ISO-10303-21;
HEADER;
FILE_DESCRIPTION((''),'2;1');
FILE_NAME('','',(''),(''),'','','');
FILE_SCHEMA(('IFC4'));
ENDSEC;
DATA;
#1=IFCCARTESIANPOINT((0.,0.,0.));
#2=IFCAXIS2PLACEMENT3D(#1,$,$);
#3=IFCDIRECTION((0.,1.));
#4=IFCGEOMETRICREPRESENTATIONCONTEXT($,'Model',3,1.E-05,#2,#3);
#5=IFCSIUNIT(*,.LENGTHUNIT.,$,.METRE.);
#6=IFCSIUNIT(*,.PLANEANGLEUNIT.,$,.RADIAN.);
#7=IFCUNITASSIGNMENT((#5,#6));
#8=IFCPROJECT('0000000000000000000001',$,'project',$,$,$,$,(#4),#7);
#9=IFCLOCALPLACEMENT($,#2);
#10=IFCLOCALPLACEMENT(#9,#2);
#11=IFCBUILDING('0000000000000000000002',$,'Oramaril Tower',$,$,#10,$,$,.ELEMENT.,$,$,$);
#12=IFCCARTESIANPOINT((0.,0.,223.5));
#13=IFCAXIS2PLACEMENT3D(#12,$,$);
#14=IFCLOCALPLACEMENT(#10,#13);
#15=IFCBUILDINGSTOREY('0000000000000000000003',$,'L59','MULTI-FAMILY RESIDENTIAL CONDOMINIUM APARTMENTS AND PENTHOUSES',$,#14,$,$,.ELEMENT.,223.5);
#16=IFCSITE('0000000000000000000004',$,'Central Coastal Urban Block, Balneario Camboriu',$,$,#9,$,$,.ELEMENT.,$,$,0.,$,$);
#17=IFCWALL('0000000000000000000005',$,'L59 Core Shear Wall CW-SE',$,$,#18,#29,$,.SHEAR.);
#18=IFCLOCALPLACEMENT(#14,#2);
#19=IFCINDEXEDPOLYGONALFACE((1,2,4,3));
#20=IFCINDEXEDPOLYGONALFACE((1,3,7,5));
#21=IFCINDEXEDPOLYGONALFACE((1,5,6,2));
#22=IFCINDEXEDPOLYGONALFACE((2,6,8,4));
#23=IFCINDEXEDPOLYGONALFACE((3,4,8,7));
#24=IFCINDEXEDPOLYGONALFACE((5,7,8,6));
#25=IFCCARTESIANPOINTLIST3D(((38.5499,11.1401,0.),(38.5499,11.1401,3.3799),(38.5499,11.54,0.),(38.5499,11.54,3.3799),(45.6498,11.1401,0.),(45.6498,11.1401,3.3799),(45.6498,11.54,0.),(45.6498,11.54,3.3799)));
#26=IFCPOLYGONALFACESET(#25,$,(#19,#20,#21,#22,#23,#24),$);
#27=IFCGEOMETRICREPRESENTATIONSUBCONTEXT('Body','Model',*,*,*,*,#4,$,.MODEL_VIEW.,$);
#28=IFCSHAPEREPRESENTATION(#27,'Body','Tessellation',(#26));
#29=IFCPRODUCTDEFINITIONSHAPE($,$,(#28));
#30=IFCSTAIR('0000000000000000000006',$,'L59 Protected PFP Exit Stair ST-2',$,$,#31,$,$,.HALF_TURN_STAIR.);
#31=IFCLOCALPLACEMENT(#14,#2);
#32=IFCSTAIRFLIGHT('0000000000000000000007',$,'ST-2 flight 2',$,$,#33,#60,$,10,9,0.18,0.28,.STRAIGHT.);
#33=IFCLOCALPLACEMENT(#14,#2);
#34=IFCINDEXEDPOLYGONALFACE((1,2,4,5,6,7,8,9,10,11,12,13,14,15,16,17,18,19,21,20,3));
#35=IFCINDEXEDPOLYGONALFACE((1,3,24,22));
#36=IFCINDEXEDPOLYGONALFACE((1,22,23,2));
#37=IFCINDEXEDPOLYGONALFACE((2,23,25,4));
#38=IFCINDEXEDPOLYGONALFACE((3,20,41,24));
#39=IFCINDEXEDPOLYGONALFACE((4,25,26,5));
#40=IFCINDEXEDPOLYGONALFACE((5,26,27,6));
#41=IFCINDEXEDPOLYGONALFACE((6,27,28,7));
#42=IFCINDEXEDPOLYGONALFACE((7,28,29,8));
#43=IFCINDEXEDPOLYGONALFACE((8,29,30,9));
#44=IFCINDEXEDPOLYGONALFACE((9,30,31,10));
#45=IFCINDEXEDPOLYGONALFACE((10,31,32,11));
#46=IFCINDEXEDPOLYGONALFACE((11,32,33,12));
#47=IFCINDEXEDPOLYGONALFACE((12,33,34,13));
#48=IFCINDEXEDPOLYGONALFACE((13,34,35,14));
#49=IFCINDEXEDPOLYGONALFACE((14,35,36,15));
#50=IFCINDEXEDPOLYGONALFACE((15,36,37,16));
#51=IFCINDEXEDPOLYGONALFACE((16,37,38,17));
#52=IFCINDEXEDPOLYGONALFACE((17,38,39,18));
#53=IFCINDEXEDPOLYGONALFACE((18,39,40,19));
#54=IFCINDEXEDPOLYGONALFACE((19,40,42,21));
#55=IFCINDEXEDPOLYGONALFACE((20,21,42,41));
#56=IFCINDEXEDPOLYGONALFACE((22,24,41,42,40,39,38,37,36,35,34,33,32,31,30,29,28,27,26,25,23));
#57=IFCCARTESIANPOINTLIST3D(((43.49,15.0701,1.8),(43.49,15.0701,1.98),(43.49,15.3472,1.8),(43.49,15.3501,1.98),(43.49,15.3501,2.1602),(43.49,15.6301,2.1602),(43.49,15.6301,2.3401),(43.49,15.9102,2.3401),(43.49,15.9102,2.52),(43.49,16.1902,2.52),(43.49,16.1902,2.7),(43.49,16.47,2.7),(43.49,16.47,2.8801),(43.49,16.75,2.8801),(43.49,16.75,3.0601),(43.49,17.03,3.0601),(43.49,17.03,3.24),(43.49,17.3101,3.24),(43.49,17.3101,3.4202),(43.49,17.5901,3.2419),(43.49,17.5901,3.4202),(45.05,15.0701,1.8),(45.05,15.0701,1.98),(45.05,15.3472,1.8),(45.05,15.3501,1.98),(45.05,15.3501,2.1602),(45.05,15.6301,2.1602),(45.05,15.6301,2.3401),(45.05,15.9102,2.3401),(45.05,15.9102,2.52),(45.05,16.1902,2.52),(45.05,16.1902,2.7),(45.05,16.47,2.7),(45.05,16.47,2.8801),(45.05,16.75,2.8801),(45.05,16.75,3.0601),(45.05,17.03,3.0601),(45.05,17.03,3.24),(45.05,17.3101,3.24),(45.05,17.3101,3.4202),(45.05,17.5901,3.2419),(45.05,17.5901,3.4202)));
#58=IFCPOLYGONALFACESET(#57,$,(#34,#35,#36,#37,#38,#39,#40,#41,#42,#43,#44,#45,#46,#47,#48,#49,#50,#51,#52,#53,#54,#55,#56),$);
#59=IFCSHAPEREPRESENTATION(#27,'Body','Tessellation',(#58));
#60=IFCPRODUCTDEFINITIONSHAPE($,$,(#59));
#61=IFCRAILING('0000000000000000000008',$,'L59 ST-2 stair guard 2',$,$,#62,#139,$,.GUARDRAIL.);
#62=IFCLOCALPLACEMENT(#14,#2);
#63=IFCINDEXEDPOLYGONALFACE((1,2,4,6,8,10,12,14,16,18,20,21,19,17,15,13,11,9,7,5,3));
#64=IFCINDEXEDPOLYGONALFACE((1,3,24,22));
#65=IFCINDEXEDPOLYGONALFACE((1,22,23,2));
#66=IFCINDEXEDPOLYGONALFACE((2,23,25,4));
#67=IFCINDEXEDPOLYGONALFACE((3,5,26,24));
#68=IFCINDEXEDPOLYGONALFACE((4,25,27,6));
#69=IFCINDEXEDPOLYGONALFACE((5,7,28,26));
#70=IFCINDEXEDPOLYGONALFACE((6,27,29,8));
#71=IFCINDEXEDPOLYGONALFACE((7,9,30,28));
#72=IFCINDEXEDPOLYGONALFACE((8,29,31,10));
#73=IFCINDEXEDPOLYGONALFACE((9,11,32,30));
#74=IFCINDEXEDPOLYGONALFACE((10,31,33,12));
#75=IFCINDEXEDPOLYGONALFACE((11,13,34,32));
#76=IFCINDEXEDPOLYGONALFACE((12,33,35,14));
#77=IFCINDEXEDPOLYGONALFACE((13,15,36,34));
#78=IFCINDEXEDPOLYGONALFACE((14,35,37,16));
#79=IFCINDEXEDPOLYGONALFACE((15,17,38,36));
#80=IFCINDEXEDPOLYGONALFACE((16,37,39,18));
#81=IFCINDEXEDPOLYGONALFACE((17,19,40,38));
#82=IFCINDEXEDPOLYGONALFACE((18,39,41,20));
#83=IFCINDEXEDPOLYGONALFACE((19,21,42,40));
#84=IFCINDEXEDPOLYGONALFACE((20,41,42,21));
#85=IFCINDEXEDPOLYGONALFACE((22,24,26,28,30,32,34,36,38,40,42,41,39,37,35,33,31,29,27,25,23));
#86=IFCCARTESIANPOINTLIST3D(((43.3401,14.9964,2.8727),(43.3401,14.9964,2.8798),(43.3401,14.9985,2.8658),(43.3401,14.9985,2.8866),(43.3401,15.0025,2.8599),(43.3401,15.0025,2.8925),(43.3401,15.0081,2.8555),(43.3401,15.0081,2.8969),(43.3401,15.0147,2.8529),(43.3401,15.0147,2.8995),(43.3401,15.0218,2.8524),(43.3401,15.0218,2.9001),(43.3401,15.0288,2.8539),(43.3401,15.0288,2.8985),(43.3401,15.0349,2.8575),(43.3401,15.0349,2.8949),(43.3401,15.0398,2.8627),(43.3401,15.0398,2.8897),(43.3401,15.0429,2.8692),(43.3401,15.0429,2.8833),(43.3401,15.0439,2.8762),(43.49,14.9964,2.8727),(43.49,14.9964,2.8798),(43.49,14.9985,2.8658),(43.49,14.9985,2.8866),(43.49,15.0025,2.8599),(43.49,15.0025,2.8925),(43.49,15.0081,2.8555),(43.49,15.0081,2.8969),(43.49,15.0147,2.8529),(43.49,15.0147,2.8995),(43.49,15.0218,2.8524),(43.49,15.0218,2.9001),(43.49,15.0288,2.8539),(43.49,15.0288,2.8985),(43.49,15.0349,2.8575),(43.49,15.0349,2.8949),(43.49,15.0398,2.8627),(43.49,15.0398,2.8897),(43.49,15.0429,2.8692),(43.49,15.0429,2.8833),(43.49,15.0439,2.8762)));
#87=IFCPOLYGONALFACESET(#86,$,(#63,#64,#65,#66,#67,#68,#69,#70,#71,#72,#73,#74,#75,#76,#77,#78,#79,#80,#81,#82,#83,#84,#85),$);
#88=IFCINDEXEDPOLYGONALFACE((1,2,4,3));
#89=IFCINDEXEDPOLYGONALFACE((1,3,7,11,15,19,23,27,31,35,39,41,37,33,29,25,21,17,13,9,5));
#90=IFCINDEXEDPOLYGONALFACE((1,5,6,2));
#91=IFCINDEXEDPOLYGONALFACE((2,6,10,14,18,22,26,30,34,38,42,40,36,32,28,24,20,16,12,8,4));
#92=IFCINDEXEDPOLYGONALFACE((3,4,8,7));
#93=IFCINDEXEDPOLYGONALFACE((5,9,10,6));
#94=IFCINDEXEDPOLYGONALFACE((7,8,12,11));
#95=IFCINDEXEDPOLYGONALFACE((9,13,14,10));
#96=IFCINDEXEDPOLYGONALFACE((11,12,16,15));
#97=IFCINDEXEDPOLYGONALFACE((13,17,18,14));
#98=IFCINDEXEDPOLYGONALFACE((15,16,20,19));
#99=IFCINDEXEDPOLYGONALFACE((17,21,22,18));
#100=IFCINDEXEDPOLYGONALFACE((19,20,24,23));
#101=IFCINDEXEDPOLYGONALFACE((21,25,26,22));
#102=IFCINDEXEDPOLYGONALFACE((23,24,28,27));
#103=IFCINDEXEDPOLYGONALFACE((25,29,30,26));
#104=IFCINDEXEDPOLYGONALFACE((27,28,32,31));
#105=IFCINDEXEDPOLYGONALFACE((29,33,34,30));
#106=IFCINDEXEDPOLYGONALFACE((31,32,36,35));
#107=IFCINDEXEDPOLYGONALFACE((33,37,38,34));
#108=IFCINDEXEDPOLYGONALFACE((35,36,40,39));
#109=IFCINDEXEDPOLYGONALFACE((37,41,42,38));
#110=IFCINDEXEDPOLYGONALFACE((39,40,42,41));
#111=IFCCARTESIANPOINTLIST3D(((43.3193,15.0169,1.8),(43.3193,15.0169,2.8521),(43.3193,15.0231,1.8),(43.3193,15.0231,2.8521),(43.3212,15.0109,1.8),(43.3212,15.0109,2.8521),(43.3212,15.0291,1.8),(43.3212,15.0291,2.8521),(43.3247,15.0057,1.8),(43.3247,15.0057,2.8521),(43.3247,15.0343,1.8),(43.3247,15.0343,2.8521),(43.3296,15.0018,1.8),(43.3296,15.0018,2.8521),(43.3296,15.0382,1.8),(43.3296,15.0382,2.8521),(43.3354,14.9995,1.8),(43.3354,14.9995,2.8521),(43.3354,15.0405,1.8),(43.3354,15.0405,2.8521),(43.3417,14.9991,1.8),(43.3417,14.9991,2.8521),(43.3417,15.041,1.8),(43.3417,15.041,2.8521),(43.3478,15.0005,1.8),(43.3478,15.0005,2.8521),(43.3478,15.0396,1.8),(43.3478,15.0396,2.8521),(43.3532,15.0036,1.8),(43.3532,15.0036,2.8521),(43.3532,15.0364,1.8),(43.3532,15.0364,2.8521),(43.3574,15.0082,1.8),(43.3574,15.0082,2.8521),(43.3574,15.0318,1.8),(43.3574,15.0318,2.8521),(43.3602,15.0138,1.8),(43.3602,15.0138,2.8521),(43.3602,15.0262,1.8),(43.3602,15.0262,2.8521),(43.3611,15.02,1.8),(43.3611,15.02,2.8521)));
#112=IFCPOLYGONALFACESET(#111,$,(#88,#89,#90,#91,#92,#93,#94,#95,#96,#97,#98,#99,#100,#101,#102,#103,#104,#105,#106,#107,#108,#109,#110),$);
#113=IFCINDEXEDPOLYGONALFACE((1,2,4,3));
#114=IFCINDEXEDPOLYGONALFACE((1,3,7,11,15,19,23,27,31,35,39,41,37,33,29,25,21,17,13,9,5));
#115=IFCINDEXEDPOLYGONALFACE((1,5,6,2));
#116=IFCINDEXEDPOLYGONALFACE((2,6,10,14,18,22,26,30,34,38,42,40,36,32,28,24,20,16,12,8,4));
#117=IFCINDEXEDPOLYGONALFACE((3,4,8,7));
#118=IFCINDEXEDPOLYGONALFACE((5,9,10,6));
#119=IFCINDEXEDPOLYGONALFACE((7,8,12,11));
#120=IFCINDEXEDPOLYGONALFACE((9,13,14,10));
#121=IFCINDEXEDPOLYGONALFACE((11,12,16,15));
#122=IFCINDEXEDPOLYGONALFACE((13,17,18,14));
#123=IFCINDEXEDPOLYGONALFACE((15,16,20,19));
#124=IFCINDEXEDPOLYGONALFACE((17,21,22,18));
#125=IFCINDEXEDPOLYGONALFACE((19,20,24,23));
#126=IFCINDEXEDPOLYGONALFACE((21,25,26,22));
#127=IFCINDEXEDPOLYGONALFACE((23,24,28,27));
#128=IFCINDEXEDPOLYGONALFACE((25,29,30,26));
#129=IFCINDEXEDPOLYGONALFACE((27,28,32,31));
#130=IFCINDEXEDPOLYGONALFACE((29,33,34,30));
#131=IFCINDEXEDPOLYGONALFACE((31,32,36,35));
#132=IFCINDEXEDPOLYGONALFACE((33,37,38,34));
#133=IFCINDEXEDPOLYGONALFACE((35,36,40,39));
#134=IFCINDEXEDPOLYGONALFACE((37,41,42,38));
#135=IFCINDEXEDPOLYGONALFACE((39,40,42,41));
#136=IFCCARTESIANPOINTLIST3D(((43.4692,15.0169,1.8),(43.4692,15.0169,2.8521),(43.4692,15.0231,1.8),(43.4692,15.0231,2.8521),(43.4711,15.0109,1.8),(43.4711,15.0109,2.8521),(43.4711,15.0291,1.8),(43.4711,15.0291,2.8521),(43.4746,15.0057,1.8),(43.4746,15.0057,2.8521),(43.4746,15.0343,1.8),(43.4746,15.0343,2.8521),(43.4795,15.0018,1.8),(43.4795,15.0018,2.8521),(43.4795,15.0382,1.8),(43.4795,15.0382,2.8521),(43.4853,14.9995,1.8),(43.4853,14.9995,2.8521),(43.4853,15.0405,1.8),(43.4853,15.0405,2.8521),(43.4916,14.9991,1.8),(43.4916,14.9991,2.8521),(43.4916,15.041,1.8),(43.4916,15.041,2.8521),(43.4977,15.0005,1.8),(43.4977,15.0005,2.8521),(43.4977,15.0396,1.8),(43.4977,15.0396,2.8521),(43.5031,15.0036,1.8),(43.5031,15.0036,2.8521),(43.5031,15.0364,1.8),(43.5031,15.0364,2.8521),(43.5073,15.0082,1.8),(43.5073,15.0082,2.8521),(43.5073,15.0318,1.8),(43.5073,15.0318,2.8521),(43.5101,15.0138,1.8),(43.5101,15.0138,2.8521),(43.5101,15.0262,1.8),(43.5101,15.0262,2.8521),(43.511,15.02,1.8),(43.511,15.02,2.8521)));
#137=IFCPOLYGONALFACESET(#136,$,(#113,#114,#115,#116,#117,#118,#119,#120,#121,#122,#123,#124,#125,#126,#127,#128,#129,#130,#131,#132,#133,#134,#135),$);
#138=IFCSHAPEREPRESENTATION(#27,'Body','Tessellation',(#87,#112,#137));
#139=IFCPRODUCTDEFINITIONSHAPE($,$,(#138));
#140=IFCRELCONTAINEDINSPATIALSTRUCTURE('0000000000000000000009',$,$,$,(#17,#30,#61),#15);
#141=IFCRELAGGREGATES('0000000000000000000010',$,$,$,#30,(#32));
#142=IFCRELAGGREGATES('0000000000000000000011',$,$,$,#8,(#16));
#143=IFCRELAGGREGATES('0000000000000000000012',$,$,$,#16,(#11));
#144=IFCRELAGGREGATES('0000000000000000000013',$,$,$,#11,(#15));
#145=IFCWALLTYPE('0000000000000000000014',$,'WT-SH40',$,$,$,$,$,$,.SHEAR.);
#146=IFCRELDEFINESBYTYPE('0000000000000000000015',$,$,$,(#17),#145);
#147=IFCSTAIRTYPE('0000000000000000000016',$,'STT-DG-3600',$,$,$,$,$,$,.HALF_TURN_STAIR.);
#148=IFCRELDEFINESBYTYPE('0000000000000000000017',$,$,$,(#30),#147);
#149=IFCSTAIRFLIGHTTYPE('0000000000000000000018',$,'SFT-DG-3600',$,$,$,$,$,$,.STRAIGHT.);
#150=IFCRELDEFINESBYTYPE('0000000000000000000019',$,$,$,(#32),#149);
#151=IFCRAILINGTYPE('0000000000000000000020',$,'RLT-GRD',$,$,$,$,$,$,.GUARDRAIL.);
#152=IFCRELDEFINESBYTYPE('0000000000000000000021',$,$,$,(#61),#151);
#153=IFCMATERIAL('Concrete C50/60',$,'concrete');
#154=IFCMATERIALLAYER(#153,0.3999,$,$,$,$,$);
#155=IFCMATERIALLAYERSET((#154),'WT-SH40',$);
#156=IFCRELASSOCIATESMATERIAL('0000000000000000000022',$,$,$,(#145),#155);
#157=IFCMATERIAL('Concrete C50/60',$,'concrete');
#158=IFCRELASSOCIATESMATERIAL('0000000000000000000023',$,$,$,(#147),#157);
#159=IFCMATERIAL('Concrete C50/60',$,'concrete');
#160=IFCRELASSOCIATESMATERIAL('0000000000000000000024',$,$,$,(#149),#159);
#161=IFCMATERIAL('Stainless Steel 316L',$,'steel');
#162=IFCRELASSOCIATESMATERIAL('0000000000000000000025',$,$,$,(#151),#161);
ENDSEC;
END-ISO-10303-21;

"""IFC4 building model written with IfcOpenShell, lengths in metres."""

from ifc_helpers import new_model, si_unit, direction, frame, frame_2d, origin, origin_2d, place, context, subcontext, project, spatial, polyline, rectangle, circle, outline, extrude, material, layer, layer_set, type_object, element, aggregate, save


model = new_model("IFC4")

# Units and contexts
model_context = context("Model", 3, precision=1e-05, world=origin(), true_north=direction((0.0, 1.0)))
body_context = subcontext(model_context, "Body", "Model", "MODEL_VIEW")
ifc_project = project(units=[si_unit("LENGTHUNIT", "METRE"), si_unit("PLANEANGLEUNIT", "RADIAN")], contexts=[model_context])

# Site, building, storey
site_placement = place(None, origin())
site = spatial("IfcSite", under=ifc_project, at=site_placement, Name="Central Coastal Urban Block, Balneario Camboriu", CompositionType="ELEMENT", RefElevation=0.0)
building_placement = place(site_placement, origin())
building = spatial("IfcBuilding", under=site, at=building_placement, Name="Oramaril Tower", CompositionType="ELEMENT")
storey_placement = place(building_placement, frame((0.0, 0.0, 223.5)))
storey = spatial("IfcBuildingStorey", under=building, at=storey_placement, Name="L59", Description="MULTI-FAMILY RESIDENTIAL CONDOMINIUM APARTMENTS AND PENTHOUSES", CompositionType="ELEMENT", Elevation=223.5)

# Wall
ifc_material_1 = material(Name="Concrete C50/60", Category="concrete")
ifc_layer_1 = layer(ifc_material_1, 0.3999)
ifc_layer_set_1 = layer_set([ifc_layer_1], Name="WT-SH40")
wall_type_1 = type_object("IfcWallType", Name="WT-SH40", PredefinedType="SHEAR", material=ifc_layer_set_1)
wall_1_placement = place(storey_placement, frame((38.55, 11.3401, 0.0), z_axis=(0.0, 0.0, 1.0), x_axis=(1.0, 0.0, 0.0)))
element("IfcWall", 1, at=wall_1_placement, inside=storey, type_object=wall_type_1, Name="L59 Core Shear Wall CW-SE", PredefinedType="SHEAR", context=body_context, shape_type="SweptSolid", body=[
    extrude(rectangle(XDim=7.0999, YDim=0.3999, at=frame_2d((3.5498, 0.0))), origin(), (0.0, 0.0, 1.0), 3.3799),
])

# Stair, stair flight
ifc_material_2 = material(Name="Concrete C50/60", Category="concrete")
stair_type = type_object("IfcStairType", Name="STT-DG-3600", PredefinedType="HALF_TURN_STAIR", material=ifc_material_2)
stair_placement = place(storey_placement, origin())
stair = element("IfcStair", 2, at=stair_placement, inside=storey, type_object=stair_type, Name="L59 Protected PFP Exit Stair ST-2", PredefinedType="HALF_TURN_STAIR")
ifc_material_3 = material(Name="Concrete C50/60", Category="concrete")
stair_flight_type = type_object("IfcStairFlightType", Name="SFT-DG-3600", PredefinedType="STRAIGHT", material=ifc_material_3)
stair_flight_placement = place(storey_placement, frame((44.27, 15.0701, 1.8), z_axis=(0.0, 0.0, 1.0), x_axis=(0.0, 1.0, 0.0)))
stair_flight = element("IfcStairFlight", 3, at=stair_flight_placement, type_object=stair_flight_type, Name="ST-2 flight 2", NumberOfRisers=10, NumberOfTreads=9, PredefinedType="STRAIGHT", RiserHeight=0.18, TreadLength=0.28, context=body_context, shape_type="SweptSolid", body=[
    extrude(outline(polyline([(0.0, 0.0), (0.0, 0.1799), (0.28, 0.1799), (0.28, 0.3601), (0.5601, 0.3601), (0.5601, 0.54), (0.8401, 0.54), (0.8401, 0.72), (1.1201, 0.72), (1.1201, 0.8999), (1.3999, 0.8999), (1.3999, 1.0801), (1.6799, 1.0801), (1.6799, 1.26), (1.96, 1.26), (1.96, 1.4399), (2.24, 1.4399), (2.24, 1.6201), (2.52, 1.6201), (2.52, 1.8), (2.52, 1.4419), (0.2771, 0.0), (0.0, 0.0)])), frame((0.0, 0.78, 0.0), z_axis=(0.0, -1.0, 0.0), x_axis=(1.0, 0.0, 0.0)), (0.0, 0.0, 1.0), 1.5601),
])
aggregate(stair, [stair_flight])

# Railing
ifc_material_4 = material(Name="Stainless Steel 316L", Category="steel")
railing_type_1 = type_object("IfcRailingType", Name="RLT-GRD", PredefinedType="GUARDRAIL", material=ifc_material_4)
railing_1_placement = place(storey_placement, frame((43.3401, 15.02, 1.8)))
element("IfcRailing", 4, at=railing_1_placement, inside=storey, type_object=railing_type_1, Name="L59 ST-2 stair guard 2", PredefinedType="GUARDRAIL", context=body_context, shape_type="SweptSolid", body=[
    extrude(circle(Radius=0.0239, at=origin_2d()), frame((0.0, 0.0, 1.0762), z_axis=(1.0, 0.0, 0.0), x_axis=(0.0, 1.0, 0.0)), (0.0, 0.0, 1.0), 0.1499),
    extrude(circle(Radius=0.021, at=origin_2d()), origin(), (0.0, 0.0, 1.0), 1.052),
    extrude(circle(Radius=0.021, at=origin_2d()), frame((0.1499, 0.0, 0.0)), (0.0, 0.0, 1.0), 1.052),
])

save(model, "model.ifc")
